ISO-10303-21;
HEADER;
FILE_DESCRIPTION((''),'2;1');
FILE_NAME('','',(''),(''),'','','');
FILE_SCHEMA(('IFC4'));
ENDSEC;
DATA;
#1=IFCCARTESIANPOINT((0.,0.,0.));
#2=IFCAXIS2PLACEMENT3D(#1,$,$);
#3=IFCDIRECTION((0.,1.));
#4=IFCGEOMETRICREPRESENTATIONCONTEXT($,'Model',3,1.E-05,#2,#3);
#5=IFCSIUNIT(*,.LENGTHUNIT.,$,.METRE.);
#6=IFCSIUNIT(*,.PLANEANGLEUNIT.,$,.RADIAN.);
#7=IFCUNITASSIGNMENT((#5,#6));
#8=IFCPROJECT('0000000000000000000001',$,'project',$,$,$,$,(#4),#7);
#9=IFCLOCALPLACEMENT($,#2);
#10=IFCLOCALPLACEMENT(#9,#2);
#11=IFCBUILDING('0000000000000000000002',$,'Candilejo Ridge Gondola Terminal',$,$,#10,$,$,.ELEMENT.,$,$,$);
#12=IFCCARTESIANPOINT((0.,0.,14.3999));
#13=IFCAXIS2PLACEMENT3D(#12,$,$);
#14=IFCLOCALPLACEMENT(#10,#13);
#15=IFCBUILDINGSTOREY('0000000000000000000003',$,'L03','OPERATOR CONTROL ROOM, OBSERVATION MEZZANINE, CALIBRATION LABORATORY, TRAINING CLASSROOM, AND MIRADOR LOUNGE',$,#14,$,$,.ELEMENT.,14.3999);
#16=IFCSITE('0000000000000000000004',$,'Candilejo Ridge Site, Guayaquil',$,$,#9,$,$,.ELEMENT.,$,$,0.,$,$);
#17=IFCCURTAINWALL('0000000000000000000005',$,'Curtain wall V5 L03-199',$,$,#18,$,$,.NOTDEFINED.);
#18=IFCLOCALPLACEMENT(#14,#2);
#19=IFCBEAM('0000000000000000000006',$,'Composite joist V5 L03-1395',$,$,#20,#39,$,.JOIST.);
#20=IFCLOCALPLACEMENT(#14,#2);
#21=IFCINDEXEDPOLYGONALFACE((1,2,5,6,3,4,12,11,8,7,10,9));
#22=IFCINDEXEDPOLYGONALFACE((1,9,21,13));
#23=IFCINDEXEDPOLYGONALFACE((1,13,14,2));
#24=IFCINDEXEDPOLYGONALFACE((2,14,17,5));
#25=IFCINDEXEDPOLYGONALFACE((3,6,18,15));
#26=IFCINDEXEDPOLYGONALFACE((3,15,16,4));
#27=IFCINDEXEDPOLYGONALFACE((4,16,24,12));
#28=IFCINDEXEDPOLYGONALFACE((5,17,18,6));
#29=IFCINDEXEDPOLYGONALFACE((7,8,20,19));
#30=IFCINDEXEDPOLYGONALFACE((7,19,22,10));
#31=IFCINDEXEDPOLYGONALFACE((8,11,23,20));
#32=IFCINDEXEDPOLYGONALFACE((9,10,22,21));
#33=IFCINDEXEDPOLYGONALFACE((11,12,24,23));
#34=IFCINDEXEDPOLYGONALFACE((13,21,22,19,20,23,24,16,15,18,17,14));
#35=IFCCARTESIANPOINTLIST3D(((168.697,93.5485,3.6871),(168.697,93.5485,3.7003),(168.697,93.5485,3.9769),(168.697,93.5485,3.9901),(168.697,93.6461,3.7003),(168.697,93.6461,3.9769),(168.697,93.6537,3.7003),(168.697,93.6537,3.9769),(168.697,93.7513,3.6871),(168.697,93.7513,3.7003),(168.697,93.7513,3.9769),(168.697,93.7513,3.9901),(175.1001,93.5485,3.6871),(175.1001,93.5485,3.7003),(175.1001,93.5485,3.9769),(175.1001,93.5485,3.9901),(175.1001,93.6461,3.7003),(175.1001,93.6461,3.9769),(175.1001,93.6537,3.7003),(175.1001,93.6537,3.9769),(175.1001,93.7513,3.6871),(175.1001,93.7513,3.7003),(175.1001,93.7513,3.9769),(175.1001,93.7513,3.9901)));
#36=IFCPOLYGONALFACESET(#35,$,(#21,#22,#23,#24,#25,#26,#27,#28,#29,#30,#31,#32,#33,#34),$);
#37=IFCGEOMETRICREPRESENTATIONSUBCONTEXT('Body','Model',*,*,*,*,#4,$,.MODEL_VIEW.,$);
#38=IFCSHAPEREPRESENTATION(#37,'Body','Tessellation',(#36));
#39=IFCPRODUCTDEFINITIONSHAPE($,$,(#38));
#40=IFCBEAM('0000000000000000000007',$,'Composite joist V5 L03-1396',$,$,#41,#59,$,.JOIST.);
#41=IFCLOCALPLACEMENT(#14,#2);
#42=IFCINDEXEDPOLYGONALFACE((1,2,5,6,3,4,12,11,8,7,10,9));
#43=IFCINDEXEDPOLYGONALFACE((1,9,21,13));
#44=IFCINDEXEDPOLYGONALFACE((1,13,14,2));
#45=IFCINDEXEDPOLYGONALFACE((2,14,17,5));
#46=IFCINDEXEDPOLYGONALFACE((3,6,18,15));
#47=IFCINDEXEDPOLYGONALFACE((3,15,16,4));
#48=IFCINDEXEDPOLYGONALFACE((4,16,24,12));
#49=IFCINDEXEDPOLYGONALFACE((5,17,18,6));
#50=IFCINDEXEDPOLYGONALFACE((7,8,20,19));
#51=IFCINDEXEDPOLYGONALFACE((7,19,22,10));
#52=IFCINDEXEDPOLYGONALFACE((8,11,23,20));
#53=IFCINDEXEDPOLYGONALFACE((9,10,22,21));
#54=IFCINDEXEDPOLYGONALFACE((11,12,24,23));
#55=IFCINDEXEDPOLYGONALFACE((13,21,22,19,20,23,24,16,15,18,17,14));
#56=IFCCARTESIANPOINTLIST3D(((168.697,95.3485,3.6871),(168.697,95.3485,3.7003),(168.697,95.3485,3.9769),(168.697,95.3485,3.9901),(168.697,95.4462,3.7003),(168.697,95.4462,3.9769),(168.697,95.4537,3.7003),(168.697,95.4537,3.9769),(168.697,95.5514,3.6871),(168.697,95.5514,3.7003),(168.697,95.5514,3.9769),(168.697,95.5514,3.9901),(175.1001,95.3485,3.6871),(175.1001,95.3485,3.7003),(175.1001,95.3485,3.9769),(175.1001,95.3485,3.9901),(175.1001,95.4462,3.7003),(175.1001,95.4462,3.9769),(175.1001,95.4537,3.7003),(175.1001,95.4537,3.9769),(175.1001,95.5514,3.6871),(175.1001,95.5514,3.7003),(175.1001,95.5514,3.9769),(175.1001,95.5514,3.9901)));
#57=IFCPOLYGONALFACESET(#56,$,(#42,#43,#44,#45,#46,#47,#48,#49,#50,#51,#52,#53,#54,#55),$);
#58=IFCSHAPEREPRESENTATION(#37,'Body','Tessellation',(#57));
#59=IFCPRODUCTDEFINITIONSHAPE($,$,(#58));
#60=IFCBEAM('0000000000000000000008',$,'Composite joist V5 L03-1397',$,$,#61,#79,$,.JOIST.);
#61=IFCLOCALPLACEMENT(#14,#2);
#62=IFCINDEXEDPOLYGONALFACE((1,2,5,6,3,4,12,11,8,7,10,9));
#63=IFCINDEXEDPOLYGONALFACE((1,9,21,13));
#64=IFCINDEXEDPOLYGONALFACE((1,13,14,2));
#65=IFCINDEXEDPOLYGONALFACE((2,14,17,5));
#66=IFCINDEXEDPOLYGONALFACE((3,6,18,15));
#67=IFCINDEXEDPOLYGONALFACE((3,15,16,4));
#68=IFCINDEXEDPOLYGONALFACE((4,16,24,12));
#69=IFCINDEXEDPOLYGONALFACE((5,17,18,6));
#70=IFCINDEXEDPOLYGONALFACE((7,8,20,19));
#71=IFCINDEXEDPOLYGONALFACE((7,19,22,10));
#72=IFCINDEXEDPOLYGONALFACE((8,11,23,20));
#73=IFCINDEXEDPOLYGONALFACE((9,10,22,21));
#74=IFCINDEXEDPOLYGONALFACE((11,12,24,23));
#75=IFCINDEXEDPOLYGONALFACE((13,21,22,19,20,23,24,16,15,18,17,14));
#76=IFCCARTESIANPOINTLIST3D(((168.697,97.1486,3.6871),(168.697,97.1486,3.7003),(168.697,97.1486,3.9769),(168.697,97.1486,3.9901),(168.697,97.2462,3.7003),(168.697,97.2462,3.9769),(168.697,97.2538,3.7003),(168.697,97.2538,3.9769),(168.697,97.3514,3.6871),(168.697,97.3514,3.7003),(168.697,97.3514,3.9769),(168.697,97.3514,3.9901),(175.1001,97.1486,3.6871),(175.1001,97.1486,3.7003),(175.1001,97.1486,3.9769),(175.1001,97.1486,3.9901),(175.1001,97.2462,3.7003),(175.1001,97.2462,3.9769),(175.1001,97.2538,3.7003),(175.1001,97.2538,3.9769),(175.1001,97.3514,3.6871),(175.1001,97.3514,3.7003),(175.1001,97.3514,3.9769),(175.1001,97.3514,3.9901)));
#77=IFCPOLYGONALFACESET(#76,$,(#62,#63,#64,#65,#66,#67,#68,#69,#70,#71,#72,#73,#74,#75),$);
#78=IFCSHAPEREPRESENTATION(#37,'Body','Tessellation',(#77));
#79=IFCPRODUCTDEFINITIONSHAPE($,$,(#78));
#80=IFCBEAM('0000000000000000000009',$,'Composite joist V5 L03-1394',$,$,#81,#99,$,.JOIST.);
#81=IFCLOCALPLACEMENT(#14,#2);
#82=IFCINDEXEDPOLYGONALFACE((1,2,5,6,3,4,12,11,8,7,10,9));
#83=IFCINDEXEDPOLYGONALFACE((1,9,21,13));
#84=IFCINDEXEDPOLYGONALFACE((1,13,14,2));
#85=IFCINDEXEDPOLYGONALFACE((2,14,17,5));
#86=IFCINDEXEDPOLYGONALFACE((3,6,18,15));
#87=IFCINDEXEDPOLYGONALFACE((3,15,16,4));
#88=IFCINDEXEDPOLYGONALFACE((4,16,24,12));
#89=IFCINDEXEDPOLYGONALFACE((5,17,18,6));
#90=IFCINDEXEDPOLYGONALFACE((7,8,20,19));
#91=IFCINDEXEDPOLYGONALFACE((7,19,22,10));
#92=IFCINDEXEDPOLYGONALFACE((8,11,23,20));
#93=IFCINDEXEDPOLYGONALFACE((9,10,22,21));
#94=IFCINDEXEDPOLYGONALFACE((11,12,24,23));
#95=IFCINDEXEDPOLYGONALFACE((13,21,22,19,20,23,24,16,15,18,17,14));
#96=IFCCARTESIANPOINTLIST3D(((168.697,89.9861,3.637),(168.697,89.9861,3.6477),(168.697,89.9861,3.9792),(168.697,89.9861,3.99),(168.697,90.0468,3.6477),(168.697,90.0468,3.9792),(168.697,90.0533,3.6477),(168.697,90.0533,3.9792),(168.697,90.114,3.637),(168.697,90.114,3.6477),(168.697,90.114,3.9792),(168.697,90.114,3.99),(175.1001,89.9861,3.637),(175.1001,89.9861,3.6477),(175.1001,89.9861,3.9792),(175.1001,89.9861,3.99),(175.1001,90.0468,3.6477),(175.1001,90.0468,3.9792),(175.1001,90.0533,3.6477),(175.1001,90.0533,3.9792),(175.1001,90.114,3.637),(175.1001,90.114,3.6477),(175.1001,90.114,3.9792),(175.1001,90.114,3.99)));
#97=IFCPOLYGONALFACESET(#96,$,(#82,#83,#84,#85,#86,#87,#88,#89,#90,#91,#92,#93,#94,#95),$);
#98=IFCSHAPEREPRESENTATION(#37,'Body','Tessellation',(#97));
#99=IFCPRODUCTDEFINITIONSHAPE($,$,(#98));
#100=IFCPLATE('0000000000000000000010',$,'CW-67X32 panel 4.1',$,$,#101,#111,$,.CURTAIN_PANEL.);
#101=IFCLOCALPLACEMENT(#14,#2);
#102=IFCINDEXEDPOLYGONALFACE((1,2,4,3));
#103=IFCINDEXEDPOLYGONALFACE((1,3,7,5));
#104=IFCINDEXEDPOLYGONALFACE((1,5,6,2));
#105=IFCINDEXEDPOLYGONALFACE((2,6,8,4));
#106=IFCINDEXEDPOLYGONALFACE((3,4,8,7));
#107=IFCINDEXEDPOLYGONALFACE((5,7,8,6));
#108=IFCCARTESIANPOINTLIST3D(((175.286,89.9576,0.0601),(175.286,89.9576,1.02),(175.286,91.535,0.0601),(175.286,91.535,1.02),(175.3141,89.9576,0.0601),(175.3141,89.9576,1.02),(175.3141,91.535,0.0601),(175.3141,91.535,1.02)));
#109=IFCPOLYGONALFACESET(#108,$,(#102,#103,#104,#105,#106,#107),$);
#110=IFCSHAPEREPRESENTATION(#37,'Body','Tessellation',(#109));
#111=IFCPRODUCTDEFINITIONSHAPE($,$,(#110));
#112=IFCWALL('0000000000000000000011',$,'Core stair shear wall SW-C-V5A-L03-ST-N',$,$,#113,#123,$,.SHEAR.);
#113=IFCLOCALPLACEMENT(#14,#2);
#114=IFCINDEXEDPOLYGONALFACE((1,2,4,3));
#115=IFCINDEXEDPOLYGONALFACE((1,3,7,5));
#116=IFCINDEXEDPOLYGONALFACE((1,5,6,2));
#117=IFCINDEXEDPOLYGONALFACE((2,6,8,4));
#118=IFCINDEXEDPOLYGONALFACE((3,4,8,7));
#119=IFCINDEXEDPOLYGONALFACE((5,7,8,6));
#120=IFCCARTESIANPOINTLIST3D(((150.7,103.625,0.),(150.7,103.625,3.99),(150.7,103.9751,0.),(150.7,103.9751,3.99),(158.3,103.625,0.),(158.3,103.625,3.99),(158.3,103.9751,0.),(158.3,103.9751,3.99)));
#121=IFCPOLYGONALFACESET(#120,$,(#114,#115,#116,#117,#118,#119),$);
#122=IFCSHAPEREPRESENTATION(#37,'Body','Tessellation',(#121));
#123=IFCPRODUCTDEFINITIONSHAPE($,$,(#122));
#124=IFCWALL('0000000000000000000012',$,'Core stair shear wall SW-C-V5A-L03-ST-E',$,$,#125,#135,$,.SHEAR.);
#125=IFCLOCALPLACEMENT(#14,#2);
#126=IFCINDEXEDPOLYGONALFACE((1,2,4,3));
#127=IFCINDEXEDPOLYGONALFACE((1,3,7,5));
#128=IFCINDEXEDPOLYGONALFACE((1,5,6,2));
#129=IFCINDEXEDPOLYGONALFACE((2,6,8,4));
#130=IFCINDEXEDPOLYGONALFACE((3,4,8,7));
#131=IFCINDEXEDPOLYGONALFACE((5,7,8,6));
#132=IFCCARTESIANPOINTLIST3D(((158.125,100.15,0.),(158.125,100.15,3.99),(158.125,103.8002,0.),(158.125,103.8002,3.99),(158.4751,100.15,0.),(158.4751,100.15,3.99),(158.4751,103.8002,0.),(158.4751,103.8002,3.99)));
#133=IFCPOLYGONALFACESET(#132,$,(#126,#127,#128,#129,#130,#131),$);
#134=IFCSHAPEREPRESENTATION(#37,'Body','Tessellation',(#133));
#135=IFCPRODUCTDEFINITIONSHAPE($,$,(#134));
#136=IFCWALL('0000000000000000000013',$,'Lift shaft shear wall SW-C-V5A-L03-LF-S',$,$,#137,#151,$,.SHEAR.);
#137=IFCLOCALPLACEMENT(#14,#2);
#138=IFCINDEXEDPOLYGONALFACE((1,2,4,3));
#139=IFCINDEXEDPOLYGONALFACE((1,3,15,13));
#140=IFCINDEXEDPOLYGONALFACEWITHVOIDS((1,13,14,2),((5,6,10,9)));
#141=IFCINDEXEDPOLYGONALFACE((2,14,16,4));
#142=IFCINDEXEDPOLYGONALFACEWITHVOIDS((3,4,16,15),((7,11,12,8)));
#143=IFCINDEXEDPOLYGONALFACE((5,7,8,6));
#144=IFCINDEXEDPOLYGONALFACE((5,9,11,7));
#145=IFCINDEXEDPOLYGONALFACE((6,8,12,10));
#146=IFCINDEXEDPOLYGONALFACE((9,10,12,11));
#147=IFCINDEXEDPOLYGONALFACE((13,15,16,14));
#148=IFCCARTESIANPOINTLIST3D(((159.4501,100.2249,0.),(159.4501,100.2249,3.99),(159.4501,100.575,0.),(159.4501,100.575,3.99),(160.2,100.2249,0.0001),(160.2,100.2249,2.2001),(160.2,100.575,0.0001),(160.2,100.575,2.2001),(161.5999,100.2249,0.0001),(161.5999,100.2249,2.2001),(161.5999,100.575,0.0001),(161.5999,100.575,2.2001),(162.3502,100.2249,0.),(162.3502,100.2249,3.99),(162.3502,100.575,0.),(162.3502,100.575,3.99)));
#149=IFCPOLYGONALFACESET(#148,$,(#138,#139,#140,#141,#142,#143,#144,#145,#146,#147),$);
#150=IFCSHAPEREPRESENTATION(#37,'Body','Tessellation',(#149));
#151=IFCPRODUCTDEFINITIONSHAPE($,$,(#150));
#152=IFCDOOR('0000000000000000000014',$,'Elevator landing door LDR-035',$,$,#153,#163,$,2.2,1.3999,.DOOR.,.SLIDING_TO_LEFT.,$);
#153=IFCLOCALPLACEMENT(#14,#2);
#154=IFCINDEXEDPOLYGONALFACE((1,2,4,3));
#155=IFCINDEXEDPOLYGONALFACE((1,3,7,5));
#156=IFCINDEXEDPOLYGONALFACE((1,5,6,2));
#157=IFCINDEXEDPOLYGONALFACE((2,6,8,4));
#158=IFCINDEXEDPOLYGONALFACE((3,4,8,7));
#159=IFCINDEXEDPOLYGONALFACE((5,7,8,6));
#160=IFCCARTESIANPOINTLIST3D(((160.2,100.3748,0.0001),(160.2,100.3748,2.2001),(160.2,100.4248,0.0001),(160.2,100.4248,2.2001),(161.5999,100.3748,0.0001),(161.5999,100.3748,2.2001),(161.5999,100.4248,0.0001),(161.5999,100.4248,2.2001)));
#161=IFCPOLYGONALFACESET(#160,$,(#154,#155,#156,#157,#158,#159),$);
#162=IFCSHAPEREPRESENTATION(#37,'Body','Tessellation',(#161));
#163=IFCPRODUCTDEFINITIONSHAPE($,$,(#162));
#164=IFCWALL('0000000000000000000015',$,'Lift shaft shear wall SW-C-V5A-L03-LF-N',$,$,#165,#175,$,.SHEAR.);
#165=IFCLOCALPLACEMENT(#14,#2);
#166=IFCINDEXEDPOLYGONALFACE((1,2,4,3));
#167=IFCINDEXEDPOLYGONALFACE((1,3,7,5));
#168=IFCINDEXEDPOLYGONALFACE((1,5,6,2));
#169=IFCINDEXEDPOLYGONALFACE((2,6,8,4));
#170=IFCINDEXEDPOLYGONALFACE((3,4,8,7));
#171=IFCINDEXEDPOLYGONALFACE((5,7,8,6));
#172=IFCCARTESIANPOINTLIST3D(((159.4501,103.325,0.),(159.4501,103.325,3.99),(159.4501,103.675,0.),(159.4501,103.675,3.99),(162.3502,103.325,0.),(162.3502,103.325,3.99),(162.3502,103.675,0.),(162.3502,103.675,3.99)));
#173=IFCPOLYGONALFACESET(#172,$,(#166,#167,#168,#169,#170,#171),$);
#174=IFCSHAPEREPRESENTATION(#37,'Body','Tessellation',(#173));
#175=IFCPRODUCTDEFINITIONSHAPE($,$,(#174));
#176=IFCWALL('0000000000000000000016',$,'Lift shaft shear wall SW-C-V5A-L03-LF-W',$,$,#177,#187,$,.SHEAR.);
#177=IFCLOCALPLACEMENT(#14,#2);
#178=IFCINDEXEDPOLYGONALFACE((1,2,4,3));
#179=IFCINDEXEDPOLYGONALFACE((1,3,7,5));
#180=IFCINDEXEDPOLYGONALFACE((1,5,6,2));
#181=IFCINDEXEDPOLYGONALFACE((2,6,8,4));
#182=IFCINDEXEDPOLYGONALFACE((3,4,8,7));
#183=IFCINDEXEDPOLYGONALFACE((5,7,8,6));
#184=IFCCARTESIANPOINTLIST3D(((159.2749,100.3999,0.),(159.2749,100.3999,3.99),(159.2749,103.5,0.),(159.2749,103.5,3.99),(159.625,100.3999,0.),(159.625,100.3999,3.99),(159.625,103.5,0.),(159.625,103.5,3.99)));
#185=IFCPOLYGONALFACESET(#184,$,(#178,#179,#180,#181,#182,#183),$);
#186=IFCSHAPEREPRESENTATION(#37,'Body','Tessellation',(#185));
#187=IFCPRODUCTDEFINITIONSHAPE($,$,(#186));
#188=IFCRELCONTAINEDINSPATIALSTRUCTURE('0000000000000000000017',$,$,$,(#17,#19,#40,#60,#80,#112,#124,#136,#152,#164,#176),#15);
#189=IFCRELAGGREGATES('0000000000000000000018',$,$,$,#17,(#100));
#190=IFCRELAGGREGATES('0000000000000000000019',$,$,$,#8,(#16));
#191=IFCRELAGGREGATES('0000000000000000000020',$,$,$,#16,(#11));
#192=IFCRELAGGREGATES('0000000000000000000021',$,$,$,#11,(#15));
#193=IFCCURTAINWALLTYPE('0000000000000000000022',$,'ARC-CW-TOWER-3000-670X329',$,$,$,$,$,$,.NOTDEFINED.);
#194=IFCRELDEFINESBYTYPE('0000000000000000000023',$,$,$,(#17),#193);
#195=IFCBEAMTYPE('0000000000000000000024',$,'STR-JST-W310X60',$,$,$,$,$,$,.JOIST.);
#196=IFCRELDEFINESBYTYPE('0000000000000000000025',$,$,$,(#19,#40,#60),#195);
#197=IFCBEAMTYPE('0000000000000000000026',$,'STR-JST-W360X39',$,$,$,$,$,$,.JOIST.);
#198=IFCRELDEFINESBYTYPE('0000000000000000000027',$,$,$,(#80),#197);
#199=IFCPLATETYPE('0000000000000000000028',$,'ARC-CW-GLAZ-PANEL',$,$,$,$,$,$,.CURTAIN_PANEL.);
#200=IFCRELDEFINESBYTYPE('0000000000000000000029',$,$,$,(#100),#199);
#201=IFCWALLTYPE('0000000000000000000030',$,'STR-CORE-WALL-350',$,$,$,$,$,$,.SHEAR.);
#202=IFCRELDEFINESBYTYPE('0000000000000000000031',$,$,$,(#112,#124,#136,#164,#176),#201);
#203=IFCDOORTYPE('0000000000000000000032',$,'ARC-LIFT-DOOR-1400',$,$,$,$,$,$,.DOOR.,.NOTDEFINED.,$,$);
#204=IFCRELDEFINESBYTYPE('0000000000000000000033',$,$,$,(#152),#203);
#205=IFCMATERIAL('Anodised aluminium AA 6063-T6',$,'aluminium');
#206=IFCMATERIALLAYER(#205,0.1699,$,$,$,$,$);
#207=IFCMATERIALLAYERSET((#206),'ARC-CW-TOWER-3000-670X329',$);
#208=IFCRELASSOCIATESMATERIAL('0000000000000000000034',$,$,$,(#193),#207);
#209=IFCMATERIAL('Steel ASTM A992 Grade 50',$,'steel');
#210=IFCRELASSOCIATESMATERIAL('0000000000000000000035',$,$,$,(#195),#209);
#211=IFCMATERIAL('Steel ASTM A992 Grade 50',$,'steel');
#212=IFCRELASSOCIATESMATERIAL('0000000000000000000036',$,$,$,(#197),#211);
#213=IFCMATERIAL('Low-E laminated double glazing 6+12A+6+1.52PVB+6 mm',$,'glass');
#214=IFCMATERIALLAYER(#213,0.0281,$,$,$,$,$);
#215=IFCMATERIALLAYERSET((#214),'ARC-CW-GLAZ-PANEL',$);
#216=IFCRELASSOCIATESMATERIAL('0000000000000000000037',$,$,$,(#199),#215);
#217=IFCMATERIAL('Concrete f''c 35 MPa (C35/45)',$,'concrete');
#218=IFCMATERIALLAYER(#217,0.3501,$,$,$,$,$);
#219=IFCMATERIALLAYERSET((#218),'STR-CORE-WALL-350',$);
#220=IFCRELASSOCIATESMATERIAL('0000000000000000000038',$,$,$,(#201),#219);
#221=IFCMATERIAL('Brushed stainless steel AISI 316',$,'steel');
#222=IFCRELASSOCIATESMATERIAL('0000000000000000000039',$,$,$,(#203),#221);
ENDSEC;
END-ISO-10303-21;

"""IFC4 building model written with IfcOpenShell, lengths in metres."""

from ifc_helpers import new_model, si_unit, direction, frame, frame_2d, origin, origin_2d, place, context, subcontext, project, spatial, rectangle, i_section, extrude, material, layer, layer_set, material_profile, profile_set, type_object, element, fill, aggregate, save


model = new_model("IFC4")

# Units and contexts
model_context = context("Model", 3, precision=1e-05, world=origin(), true_north=direction((0.0, 1.0)))
body_context = subcontext(model_context, "Body", "Model", "MODEL_VIEW")
ifc_project = project(units=[si_unit("LENGTHUNIT", "METRE"), si_unit("PLANEANGLEUNIT", "RADIAN")], contexts=[model_context])

# Site, building, storey
site_placement = place(None, origin())
site = spatial("IfcSite", under=ifc_project, at=site_placement, Name="Candilejo Ridge Site, Guayaquil", CompositionType="ELEMENT", RefElevation=0.0)
building_placement = place(site_placement, origin())
building = spatial("IfcBuilding", under=site, at=building_placement, Name="Candilejo Ridge Gondola Terminal", CompositionType="ELEMENT")
storey_placement = place(building_placement, frame((0.0, 0.0, 14.3999)))
storey = spatial("IfcBuildingStorey", under=building, at=storey_placement, Name="L03", Description="OPERATOR CONTROL ROOM, OBSERVATION MEZZANINE, CALIBRATION LABORATORY, TRAINING CLASSROOM, AND MIRADOR LOUNGE", CompositionType="ELEMENT", Elevation=14.3999)

# Curtain wall
ifc_material_1 = material(Name="Anodised aluminium AA 6063-T6", Category="aluminium")
ifc_layer_1 = layer(ifc_material_1, 0.1699)
ifc_layer_set_1 = layer_set([ifc_layer_1], Name="ARC-CW-TOWER-3000-670X329")
curtain_wall_type = type_object("IfcCurtainWallType", Name="ARC-CW-TOWER-3000-670X329", PredefinedType="NOTDEFINED", material=ifc_layer_set_1)
curtain_wall_placement = place(storey_placement, origin())
curtain_wall = element("IfcCurtainWall", 1, at=curtain_wall_placement, inside=storey, type_object=curtain_wall_type, Name="Curtain wall V5 L03-199", PredefinedType="NOTDEFINED")

# Beams
ifc_material_2 = material(Name="Steel ASTM A992 Grade 50", Category="steel")
ifc_material_profile_1 = material_profile(ifc_material_2, i_section(OverallWidth=0.2029, OverallDepth=0.303, WebThickness=0.0076, FlangeThickness=0.0132, at=origin_2d()))
ifc_profile_set_1 = profile_set([ifc_material_profile_1], Name="Steel ASTM A992 Grade 50")
beam_type_1 = type_object("IfcBeamType", Name="STR-JST-W310X60", PredefinedType="JOIST", material=ifc_profile_set_1)
for number, where, z_axis, x_axis, name in (
    (2, (168.697, 93.6499, 3.8386), (1.0, 0.0, 0.0), (0.0, 1.0, 0.0), "Composite joist V5 L03-1395"),
    (3, (168.697, 95.45, 3.8386), (1.0, 0.0, 0.0), (0.0, 1.0, 0.0), "Composite joist V5 L03-1396"),
    (4, (168.697, 97.25, 3.8386), (1.0, 0.0, 0.0), (0.0, 1.0, 0.0), "Composite joist V5 L03-1397"),
):
    element("IfcBeam", number, at=place(storey_placement, frame(where, z_axis=z_axis, x_axis=x_axis)), inside=storey, type_object=beam_type_1, Name=name, PredefinedType="JOIST", context=body_context, shape_type="SweptSolid", body=[
        extrude(i_section(OverallWidth=0.2029, OverallDepth=0.303, WebThickness=0.0076, FlangeThickness=0.0132, at=origin_2d()), origin(), (0.0, 0.0, 1.0), 6.4031),
    ])
ifc_material_3 = material(Name="Steel ASTM A992 Grade 50", Category="steel")
ifc_material_profile_2 = material_profile(ifc_material_3, i_section(OverallWidth=0.1279, OverallDepth=0.353, WebThickness=0.0066, FlangeThickness=0.0107, at=origin_2d()))
ifc_profile_set_2 = profile_set([ifc_material_profile_2], Name="Steel ASTM A992 Grade 50")
beam_type_2 = type_object("IfcBeamType", Name="STR-JST-W360X39", PredefinedType="JOIST", material=ifc_profile_set_2)
beam_1_placement = place(storey_placement, frame((168.697, 90.05, 3.8135), z_axis=(1.0, 0.0, 0.0), x_axis=(0.0, 1.0, 0.0)))
element("IfcBeam", 5, at=beam_1_placement, inside=storey, type_object=beam_type_2, Name="Composite joist V5 L03-1394", PredefinedType="JOIST", context=body_context, shape_type="SweptSolid", body=[
    extrude(i_section(OverallWidth=0.1279, OverallDepth=0.353, WebThickness=0.0066, FlangeThickness=0.0107, at=origin_2d()), origin(), (0.0, 0.0, 1.0), 6.4031),
])

# Plate
ifc_material_4 = material(Name="Low-E laminated double glazing 6+12A+6+1.52PVB+6 mm", Category="glass")
ifc_layer_2 = layer(ifc_material_4, 0.0281)
ifc_layer_set_2 = layer_set([ifc_layer_2], Name="ARC-CW-GLAZ-PANEL")
plate_type = type_object("IfcPlateType", Name="ARC-CW-GLAZ-PANEL", PredefinedType="CURTAIN_PANEL", material=ifc_layer_set_2)
plate_placement = place(storey_placement, frame((175.3, 90.7463, 0.0601), z_axis=(0.0, 0.0, 1.0), x_axis=(0.0, 1.0, 0.0)))
plate = element("IfcPlate", 6, at=plate_placement, type_object=plate_type, Name="CW-67X32 panel 4.1", PredefinedType="CURTAIN_PANEL", context=body_context, shape_type="SweptSolid", body=[
    extrude(rectangle(XDim=1.5774, YDim=0.0281, at=origin_2d()), origin(), (0.0, 0.0, 1.0), 0.96),
])
aggregate(curtain_wall, [plate])

# Walls
ifc_material_5 = material(Name="Concrete f'c 35 MPa (C35/45)", Category="concrete")
ifc_layer_3 = layer(ifc_material_5, 0.3501)
ifc_layer_set_3 = layer_set([ifc_layer_3], Name="STR-CORE-WALL-350")
wall_type = type_object("IfcWallType", Name="STR-CORE-WALL-350", PredefinedType="SHEAR", material=ifc_layer_set_3)
wall_1_placement = place(storey_placement, frame((158.3, 103.8, 0.0), z_axis=(0.0, 0.0, 1.0), x_axis=(-1.0, 0.0, 0.0)))
element("IfcWall", 7, at=wall_1_placement, inside=storey, type_object=wall_type, Name="Core stair shear wall SW-C-V5A-L03-ST-N", PredefinedType="SHEAR", context=body_context, shape_type="SweptSolid", body=[
    extrude(rectangle(XDim=7.6001, YDim=0.3501, at=frame_2d((3.8, 0.0))), origin(), (0.0, 0.0, 1.0), 3.99),
])
wall_2_placement = place(storey_placement, frame((158.3, 100.1499, 0.0), z_axis=(0.0, 0.0, 1.0), x_axis=(0.0, 1.0, 0.0)))
element("IfcWall", 8, at=wall_2_placement, inside=storey, type_object=wall_type, Name="Core stair shear wall SW-C-V5A-L03-ST-E", PredefinedType="SHEAR", context=body_context, shape_type="SweptSolid", body=[
    extrude(rectangle(XDim=3.6501, YDim=0.3501, at=frame_2d((1.8252, 0.0))), origin(), (0.0, 0.0, 1.0), 3.99),
])

# Wall, opening, door
wall_3_placement = place(storey_placement, frame((159.45, 100.3999, 0.0), z_axis=(0.0, 0.0, 1.0), x_axis=(1.0, 0.0, 0.0)))
wall_3 = element("IfcWall", 9, at=wall_3_placement, inside=storey, type_object=wall_type, Name="Lift shaft shear wall SW-C-V5A-L03-LF-S", PredefinedType="SHEAR", context=body_context, shape_type="SweptSolid", body=[
    extrude(rectangle(XDim=2.9001, YDim=0.3501, at=frame_2d((1.4502, 0.0))), origin(), (0.0, 0.0, 1.0), 3.99),
])
opening_placement = place(wall_3_placement, frame((0.75, 0.0, 0.0)))
opening = element("IfcOpeningElement", 10, at=opening_placement, cuts=wall_3, PredefinedType="OPENING", context=body_context, shape_type="SweptSolid", body=[
    extrude(rectangle(XDim=1.3999, YDim=2.2, at=frame_2d((0.7, 1.1001))), frame((0.0, 0.1851, 0.0), z_axis=(0.0, -1.0, 0.0), x_axis=(1.0, 0.0, 0.0)), (0.0, 0.0, 1.0), 0.3701),
])
ifc_material_6 = material(Name="Brushed stainless steel AISI 316", Category="steel")
door_type = type_object("IfcDoorType", Name="ARC-LIFT-DOOR-1400", OperationType="NOTDEFINED", PredefinedType="DOOR", material=ifc_material_6)
door_placement = place(opening_placement, origin())
door = element("IfcDoor", 11, at=door_placement, inside=storey, type_object=door_type, Name="Elevator landing door LDR-035", OperationType="SLIDING_TO_LEFT", OverallHeight=2.2, OverallWidth=1.3999, PredefinedType="DOOR", context=body_context, shape_type="SweptSolid", body=[
    extrude(rectangle(XDim=1.3999, YDim=2.2, at=frame_2d((0.7, 1.1001))), frame((0.0, 0.0249, 0.0), z_axis=(0.0, -1.0, 0.0), x_axis=(1.0, 0.0, 0.0)), (0.0, 0.0, 1.0), 0.05),
])
fill(opening, door)

# Walls
wall_4_placement = place(storey_placement, frame((159.45, 103.5, 0.0), z_axis=(0.0, 0.0, 1.0), x_axis=(1.0, 0.0, 0.0)))
element("IfcWall", 12, at=wall_4_placement, inside=storey, type_object=wall_type, Name="Lift shaft shear wall SW-C-V5A-L03-LF-N", PredefinedType="SHEAR", context=body_context, shape_type="SweptSolid", body=[
    extrude(rectangle(XDim=2.9001, YDim=0.3501, at=frame_2d((1.4502, 0.0))), origin(), (0.0, 0.0, 1.0), 3.99),
])
for number, where, z_axis, x_axis, name in (
    (13, (159.45, 100.3999, 0.0), (0.0, 0.0, 1.0), (0.0, 1.0, 0.0), "Lift shaft shear wall SW-C-V5A-L03-LF-W"),
):
    element("IfcWall", number, at=place(storey_placement, frame(where, z_axis=z_axis, x_axis=x_axis)), inside=storey, type_object=wall_type, Name=name, PredefinedType="SHEAR", context=body_context, shape_type="SweptSolid", body=[
        extrude(rectangle(XDim=3.1001, YDim=0.3501, at=frame_2d((1.55, 0.0))), origin(), (0.0, 0.0, 1.0), 3.99),
    ])

save(model, "model.ifc")
